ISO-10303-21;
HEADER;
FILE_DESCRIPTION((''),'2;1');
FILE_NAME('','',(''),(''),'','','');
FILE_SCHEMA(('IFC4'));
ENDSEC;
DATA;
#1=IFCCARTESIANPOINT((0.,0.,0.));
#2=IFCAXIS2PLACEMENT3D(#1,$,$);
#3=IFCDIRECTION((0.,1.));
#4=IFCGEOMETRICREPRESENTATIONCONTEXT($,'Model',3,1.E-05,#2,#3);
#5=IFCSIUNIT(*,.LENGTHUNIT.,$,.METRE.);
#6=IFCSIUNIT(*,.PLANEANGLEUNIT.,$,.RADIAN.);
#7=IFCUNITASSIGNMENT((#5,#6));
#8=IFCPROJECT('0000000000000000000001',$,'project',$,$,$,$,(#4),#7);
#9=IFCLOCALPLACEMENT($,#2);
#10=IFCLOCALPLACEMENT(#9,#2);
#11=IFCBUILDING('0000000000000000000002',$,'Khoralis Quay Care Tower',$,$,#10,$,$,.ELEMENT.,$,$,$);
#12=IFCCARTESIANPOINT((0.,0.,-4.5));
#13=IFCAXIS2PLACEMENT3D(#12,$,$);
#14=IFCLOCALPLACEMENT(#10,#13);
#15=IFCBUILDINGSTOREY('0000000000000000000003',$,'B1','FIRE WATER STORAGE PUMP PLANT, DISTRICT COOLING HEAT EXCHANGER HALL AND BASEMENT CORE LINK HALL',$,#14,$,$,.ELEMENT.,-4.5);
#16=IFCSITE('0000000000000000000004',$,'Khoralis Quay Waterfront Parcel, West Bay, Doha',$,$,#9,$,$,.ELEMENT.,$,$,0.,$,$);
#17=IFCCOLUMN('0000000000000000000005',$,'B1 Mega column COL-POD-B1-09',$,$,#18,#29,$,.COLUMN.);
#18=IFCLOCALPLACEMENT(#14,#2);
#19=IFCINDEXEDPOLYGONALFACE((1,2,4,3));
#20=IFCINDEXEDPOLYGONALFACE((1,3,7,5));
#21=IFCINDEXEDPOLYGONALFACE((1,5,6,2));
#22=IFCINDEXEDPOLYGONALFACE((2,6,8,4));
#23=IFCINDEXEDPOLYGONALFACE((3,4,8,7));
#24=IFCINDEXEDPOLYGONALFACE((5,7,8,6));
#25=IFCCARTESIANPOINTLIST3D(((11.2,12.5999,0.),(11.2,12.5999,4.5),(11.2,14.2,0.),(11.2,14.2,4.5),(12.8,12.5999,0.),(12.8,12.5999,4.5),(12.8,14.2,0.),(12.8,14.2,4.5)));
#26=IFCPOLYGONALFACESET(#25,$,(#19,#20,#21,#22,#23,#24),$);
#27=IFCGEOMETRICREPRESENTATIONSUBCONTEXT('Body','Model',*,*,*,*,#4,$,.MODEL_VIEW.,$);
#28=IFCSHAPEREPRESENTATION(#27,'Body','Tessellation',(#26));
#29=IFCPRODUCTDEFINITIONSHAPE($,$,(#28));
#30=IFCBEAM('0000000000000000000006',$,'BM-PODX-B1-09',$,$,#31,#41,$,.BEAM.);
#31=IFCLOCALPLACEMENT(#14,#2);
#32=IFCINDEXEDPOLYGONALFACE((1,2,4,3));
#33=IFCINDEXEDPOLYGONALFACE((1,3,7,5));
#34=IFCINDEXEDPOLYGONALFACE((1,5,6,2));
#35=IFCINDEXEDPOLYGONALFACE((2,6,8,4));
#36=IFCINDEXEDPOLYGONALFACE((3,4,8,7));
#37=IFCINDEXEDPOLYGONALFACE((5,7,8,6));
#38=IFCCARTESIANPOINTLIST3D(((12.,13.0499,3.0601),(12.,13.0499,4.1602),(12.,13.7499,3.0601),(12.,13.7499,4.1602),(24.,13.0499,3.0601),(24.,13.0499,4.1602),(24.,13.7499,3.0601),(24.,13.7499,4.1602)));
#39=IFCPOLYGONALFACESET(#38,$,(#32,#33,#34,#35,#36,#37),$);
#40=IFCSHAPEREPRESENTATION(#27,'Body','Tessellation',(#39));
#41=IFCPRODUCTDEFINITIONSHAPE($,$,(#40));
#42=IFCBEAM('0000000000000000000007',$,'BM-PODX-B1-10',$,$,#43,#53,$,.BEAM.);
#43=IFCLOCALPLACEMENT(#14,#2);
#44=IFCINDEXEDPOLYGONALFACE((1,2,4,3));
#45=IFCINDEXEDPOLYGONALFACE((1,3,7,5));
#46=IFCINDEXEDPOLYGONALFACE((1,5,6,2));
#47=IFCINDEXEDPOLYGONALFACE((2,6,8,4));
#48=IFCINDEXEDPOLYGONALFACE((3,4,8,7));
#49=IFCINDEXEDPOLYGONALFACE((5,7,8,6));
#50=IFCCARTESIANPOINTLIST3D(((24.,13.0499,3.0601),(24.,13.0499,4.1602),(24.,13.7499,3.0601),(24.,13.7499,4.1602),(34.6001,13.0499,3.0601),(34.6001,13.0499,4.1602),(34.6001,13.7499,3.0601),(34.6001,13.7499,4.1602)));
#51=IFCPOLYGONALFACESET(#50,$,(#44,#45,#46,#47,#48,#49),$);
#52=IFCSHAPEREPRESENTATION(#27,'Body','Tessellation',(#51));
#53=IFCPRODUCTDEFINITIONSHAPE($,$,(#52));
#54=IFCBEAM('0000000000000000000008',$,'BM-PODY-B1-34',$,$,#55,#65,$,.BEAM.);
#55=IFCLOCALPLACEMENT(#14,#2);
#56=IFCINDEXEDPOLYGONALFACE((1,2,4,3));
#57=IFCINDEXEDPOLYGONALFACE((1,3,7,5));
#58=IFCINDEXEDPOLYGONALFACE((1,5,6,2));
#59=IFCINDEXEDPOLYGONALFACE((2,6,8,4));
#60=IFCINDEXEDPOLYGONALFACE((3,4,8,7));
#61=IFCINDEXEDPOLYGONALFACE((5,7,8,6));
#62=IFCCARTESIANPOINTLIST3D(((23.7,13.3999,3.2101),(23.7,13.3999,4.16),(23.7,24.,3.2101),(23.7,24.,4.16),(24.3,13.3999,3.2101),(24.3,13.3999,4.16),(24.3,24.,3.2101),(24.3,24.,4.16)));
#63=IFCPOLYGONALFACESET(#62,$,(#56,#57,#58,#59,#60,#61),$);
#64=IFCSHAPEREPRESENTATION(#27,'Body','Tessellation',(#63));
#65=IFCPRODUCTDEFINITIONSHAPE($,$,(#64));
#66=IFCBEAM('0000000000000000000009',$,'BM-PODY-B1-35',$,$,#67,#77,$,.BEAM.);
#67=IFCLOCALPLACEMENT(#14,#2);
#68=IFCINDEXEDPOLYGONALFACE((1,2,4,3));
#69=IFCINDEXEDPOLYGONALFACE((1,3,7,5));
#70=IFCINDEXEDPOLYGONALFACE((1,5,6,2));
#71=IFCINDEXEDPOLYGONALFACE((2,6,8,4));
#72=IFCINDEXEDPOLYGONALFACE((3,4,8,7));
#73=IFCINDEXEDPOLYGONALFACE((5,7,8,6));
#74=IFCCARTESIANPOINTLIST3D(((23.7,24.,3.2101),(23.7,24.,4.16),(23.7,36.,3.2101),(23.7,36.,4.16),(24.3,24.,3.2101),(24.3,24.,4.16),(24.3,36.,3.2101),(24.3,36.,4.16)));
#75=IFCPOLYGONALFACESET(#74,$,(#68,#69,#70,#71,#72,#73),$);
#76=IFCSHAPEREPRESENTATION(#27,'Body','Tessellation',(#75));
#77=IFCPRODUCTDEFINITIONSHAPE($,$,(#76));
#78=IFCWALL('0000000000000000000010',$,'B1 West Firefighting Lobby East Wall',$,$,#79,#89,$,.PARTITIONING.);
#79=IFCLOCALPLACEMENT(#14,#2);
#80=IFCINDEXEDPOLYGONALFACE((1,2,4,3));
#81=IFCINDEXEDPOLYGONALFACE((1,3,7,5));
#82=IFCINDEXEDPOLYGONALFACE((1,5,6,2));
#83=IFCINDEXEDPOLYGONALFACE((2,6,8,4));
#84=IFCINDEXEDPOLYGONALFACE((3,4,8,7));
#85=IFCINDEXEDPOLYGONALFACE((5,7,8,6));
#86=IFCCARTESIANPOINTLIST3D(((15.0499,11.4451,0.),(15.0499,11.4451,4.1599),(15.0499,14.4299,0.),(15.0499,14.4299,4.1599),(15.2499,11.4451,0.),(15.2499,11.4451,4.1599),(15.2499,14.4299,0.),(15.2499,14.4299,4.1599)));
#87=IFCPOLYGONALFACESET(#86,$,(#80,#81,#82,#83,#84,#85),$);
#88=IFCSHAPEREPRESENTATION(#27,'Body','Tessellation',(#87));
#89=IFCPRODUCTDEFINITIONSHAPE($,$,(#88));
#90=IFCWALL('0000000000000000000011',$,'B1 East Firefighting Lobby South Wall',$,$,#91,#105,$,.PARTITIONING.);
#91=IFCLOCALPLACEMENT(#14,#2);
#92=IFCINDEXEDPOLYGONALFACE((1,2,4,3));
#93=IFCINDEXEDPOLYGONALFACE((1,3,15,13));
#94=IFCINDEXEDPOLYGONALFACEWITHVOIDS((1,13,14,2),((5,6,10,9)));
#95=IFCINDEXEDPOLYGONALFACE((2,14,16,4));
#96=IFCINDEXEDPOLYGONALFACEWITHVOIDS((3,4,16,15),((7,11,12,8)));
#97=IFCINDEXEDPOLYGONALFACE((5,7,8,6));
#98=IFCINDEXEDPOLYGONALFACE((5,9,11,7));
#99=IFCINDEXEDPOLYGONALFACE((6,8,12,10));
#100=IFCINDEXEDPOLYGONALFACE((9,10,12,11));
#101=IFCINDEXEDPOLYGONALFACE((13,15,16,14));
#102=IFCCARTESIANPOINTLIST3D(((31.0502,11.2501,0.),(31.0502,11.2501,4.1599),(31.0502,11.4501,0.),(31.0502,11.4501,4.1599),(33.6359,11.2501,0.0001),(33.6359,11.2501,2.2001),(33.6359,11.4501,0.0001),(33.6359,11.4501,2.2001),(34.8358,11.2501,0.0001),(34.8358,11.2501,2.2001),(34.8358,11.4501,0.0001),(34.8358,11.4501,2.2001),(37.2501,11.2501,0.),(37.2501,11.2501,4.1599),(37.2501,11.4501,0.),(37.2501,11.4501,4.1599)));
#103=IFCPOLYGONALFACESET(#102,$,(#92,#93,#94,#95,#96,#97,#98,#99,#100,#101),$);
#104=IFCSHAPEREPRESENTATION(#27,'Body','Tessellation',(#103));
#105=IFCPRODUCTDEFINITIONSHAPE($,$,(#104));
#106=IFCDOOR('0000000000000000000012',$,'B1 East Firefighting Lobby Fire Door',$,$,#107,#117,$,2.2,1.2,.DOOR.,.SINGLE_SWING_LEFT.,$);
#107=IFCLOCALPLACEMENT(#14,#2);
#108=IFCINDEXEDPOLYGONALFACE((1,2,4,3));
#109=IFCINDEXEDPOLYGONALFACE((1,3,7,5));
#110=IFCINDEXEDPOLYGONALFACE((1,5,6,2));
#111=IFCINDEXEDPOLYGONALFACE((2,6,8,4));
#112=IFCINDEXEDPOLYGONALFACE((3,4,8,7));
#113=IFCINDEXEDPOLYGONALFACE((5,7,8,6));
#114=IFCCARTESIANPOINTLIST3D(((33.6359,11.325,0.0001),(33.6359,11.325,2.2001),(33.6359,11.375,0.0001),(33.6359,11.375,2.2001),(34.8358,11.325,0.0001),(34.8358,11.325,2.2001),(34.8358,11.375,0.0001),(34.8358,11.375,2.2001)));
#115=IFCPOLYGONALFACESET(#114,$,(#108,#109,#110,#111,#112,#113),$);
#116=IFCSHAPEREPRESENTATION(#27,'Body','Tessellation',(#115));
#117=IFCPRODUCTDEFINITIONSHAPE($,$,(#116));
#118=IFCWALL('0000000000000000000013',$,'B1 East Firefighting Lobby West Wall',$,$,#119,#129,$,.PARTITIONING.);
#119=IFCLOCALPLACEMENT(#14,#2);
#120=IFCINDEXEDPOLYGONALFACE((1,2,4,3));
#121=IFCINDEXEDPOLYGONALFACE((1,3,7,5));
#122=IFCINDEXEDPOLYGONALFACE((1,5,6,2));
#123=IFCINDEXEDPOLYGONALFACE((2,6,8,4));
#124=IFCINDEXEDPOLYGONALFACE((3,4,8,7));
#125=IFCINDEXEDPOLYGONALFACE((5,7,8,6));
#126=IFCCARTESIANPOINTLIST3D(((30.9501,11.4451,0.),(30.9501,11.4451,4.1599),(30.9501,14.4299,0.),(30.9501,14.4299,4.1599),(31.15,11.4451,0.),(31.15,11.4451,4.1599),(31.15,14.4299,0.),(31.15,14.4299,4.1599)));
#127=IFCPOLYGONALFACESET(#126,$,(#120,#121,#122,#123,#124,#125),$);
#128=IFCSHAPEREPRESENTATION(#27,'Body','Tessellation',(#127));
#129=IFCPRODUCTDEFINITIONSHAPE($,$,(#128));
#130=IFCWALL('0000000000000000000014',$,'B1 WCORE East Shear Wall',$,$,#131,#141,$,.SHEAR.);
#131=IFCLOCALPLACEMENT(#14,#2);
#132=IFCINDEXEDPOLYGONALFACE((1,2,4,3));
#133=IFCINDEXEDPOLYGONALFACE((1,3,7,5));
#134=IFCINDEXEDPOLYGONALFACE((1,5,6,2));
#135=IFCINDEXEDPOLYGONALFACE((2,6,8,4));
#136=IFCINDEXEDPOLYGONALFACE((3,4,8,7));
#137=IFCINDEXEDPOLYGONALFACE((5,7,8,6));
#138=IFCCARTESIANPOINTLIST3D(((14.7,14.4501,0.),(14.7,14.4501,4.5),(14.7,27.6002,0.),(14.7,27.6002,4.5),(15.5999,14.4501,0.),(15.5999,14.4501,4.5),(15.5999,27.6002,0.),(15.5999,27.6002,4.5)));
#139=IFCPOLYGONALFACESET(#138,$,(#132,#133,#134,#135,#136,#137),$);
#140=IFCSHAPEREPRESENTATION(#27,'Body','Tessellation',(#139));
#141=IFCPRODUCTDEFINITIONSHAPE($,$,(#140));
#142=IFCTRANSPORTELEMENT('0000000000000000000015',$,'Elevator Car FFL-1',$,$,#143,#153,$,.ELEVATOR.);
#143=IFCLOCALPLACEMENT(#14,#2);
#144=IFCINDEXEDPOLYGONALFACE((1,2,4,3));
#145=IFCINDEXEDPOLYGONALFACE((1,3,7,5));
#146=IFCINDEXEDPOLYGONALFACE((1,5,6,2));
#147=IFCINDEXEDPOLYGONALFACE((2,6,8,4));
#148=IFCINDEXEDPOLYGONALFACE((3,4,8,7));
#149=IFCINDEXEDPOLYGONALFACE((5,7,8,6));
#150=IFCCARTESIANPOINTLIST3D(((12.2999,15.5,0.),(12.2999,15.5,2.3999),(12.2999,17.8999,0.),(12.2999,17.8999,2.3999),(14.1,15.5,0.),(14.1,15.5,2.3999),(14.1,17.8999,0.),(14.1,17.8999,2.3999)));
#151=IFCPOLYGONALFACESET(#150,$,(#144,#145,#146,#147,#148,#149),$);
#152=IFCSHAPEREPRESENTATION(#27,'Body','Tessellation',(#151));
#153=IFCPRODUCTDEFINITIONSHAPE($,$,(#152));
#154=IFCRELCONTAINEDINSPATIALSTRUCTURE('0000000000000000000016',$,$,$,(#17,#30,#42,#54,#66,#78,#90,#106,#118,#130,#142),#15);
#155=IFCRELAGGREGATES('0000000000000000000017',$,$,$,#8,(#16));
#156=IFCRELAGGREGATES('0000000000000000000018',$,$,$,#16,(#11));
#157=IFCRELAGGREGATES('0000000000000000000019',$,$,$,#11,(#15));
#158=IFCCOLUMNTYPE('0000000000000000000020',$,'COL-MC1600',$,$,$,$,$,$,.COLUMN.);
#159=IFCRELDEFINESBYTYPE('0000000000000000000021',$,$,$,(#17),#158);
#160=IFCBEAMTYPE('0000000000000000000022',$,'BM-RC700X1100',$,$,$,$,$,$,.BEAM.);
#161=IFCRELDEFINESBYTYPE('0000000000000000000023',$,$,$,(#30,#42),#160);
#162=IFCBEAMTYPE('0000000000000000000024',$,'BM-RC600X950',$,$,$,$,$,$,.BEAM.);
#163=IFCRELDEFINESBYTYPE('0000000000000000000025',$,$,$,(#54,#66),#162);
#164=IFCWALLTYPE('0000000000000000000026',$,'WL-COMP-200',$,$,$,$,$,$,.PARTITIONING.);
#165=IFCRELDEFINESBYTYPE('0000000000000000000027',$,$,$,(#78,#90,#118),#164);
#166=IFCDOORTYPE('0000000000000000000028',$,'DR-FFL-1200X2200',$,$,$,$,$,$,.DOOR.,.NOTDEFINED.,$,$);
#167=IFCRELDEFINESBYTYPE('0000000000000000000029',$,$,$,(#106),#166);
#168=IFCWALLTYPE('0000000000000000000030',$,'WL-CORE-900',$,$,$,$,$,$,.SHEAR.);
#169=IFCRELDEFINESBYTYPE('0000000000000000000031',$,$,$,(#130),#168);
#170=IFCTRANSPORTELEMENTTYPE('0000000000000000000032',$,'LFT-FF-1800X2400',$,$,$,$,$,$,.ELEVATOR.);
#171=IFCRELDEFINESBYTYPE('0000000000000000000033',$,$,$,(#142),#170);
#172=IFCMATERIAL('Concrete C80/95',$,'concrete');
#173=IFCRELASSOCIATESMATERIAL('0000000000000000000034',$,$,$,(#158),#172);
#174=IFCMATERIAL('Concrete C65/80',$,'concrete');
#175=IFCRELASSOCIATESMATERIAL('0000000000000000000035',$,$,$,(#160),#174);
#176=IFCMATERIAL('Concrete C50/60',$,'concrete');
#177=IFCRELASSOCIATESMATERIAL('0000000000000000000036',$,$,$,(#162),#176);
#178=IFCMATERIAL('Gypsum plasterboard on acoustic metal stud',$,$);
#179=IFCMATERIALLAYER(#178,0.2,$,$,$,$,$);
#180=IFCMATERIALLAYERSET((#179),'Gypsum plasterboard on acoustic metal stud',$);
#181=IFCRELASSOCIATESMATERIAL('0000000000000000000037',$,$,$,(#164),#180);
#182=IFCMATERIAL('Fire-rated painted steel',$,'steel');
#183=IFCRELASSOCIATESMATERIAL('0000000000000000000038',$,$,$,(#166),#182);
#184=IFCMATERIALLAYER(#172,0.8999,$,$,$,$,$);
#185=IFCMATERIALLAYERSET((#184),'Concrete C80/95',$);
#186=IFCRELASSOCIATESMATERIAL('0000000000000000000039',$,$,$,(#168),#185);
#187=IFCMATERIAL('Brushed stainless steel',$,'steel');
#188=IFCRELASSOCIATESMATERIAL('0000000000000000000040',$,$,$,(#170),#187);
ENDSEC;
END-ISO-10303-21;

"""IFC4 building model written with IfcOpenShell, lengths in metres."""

from ifc_helpers import new_model, si_unit, direction, frame, frame_2d, origin, origin_2d, place, context, subcontext, project, spatial, rectangle, extrude, source, transform, mapped, material, layer, layer_set, material_profile, profile_set, type_object, element, fill, save


model = new_model("IFC4")

# Units and contexts
model_context = context("Model", 3, precision=1e-05, world=origin(), true_north=direction((0.0, 1.0)))
body_context = subcontext(model_context, "Body", "Model", "MODEL_VIEW")
ifc_project = project(units=[si_unit("LENGTHUNIT", "METRE"), si_unit("PLANEANGLEUNIT", "RADIAN")], contexts=[model_context])

# Site, building, storey
site_placement = place(None, origin())
site = spatial("IfcSite", under=ifc_project, at=site_placement, Name="Khoralis Quay Waterfront Parcel, West Bay, Doha", CompositionType="ELEMENT", RefElevation=0.0)
building_placement = place(site_placement, origin())
building = spatial("IfcBuilding", under=site, at=building_placement, Name="Khoralis Quay Care Tower", CompositionType="ELEMENT")
storey_placement = place(building_placement, frame((0.0, 0.0, -4.5)))
storey = spatial("IfcBuildingStorey", under=building, at=storey_placement, Name="B1", Description="FIRE WATER STORAGE PUMP PLANT, DISTRICT COOLING HEAT EXCHANGER HALL AND BASEMENT CORE LINK HALL", CompositionType="ELEMENT", Elevation=-4.5)

# Shared definitions
ifc_material_1 = material(Name="Concrete C50/60", Category="concrete")

# Column
ifc_material_2 = material(Name="Concrete C80/95", Category="concrete")
ifc_material_profile_1 = material_profile(ifc_material_2, rectangle(XDim=1.6001, YDim=1.6001, at=origin_2d()), Name="Concrete C80/95")
ifc_profile_set_1 = profile_set([ifc_material_profile_1], Name="Concrete C80/95")
column_type_1 = type_object("IfcColumnType", Name="COL-MC1600", PredefinedType="COLUMN", material=ifc_profile_set_1)
shared_shape_1 = source(origin(), body_context, "Body", "SweptSolid", [
    extrude(rectangle(XDim=1.6001, YDim=1.6001, at=origin_2d()), origin(), (0.0, 0.0, 1.0), 4.5),
])
column_placement = place(storey_placement, frame((12.0, 13.3999, 0.0), z_axis=(0.0, 0.0, 1.0), x_axis=(1.0, 0.0, 0.0)))
element("IfcColumn", 1, at=column_placement, inside=storey, type_object=column_type_1, Name="B1 Mega column COL-POD-B1-09", PredefinedType="COLUMN", context=body_context, shape_type="MappedRepresentation", body=[
    mapped(shared_shape_1, transform((0.0, 0.0, 0.0), scale=1.0)),
])

# Beams
ifc_material_3 = material(Name="Concrete C65/80", Category="concrete")
ifc_material_profile_2 = material_profile(ifc_material_3, rectangle(XDim=0.7, YDim=1.1001, at=origin_2d()), Name="Concrete C65/80")
ifc_profile_set_2 = profile_set([ifc_material_profile_2], Name="Concrete C65/80")
beam_type_1 = type_object("IfcBeamType", Name="BM-RC700X1100", PredefinedType="BEAM", material=ifc_profile_set_2)
shared_shape_2 = source(origin(), body_context, "Body", "SweptSolid", [
    extrude(rectangle(XDim=0.7, YDim=1.1001, at=origin_2d()), origin(), (0.0, 0.0, 1.0), 12.0),
])
beam_1_placement = place(storey_placement, frame((12.0, 13.3999, 3.6101), z_axis=(1.0, 0.0, 0.0), x_axis=(0.0, 1.0, 0.0)))
element("IfcBeam", 2, at=beam_1_placement, inside=storey, type_object=beam_type_1, Name="BM-PODX-B1-09", PredefinedType="BEAM", context=body_context, shape_type="MappedRepresentation", body=[
    mapped(shared_shape_2, transform((0.0, 0.0, 0.0), scale=1.0)),
])
shared_shape_3 = source(origin(), body_context, "Body", "SweptSolid", [
    extrude(rectangle(XDim=0.7, YDim=1.1001, at=origin_2d()), origin(), (0.0, 0.0, 1.0), 10.6001),
])
beam_2_placement = place(storey_placement, frame((24.0, 13.3999, 3.6101), z_axis=(1.0, 0.0, 0.0), x_axis=(0.0, 1.0, 0.0)))
element("IfcBeam", 3, at=beam_2_placement, inside=storey, type_object=beam_type_1, Name="BM-PODX-B1-10", PredefinedType="BEAM", context=body_context, shape_type="MappedRepresentation", body=[
    mapped(shared_shape_3, transform((0.0, 0.0, 0.0), scale=1.0)),
])
ifc_material_profile_3 = material_profile(ifc_material_1, rectangle(XDim=0.6001, YDim=0.95, at=origin_2d()), Name="Concrete C50/60")
ifc_profile_set_3 = profile_set([ifc_material_profile_3], Name="Concrete C50/60")
beam_type_2 = type_object("IfcBeamType", Name="BM-RC600X950", PredefinedType="BEAM", material=ifc_profile_set_3)
shared_shape_4 = source(origin(), body_context, "Body", "SweptSolid", [
    extrude(rectangle(XDim=0.6001, YDim=0.95, at=origin_2d()), origin(), (0.0, 0.0, 1.0), 10.6001),
])
beam_3_placement = place(storey_placement, frame((24.0, 13.3999, 3.6851), z_axis=(0.0, 1.0, 0.0), x_axis=(-1.0, 0.0, 0.0)))
element("IfcBeam", 4, at=beam_3_placement, inside=storey, type_object=beam_type_2, Name="BM-PODY-B1-34", PredefinedType="BEAM", context=body_context, shape_type="MappedRepresentation", body=[
    mapped(shared_shape_4, transform((0.0, 0.0, 0.0), scale=1.0)),
])
shared_shape_5 = source(origin(), body_context, "Body", "SweptSolid", [
    extrude(rectangle(XDim=0.6001, YDim=0.95, at=origin_2d()), origin(), (0.0, 0.0, 1.0), 12.0),
])
beam_4_placement = place(storey_placement, frame((24.0, 24.0, 3.6851), z_axis=(0.0, 1.0, 0.0), x_axis=(-1.0, 0.0, 0.0)))
element("IfcBeam", 5, at=beam_4_placement, inside=storey, type_object=beam_type_2, Name="BM-PODY-B1-35", PredefinedType="BEAM", context=body_context, shape_type="MappedRepresentation", body=[
    mapped(shared_shape_5, transform((0.0, 0.0, 0.0), scale=1.0)),
])

# Wall
ifc_material_4 = material(Name="Gypsum plasterboard on acoustic metal stud")
ifc_layer_1 = layer(ifc_material_4, 0.2)
ifc_layer_set_1 = layer_set([ifc_layer_1], Name="Gypsum plasterboard on acoustic metal stud")
wall_type_1 = type_object("IfcWallType", Name="WL-COMP-200", PredefinedType="PARTITIONING", material=ifc_layer_set_1)
wall_1_placement = place(storey_placement, frame((15.1499, 11.4451, 0.0), z_axis=(0.0, 0.0, 1.0), x_axis=(0.0, 1.0, 0.0)))
element("IfcWall", 6, at=wall_1_placement, inside=storey, type_object=wall_type_1, Name="B1 West Firefighting Lobby East Wall", PredefinedType="PARTITIONING", context=body_context, shape_type="SweptSolid", body=[
    extrude(rectangle(XDim=2.9849, YDim=0.2, at=frame_2d((1.4924, 0.0))), origin(), (0.0, 0.0, 1.0), 4.1599),
])

# Wall, opening, door
wall_2_placement = place(storey_placement, frame((31.05, 11.3501, 0.0), z_axis=(0.0, 0.0, 1.0), x_axis=(1.0, 0.0, 0.0)))
wall_2 = element("IfcWall", 7, at=wall_2_placement, inside=storey, type_object=wall_type_1, Name="B1 East Firefighting Lobby South Wall", PredefinedType="PARTITIONING", context=body_context, shape_type="SweptSolid", body=[
    extrude(rectangle(XDim=6.2, YDim=0.2, at=frame_2d((3.1001, 0.0))), origin(), (0.0, 0.0, 1.0), 4.1599),
])
opening_placement = place(wall_2_placement, frame((2.5857, 0.0, 0.0)))
opening = element("IfcOpeningElement", 8, at=opening_placement, cuts=wall_2, PredefinedType="OPENING", context=body_context, shape_type="SweptSolid", body=[
    extrude(rectangle(XDim=1.2, YDim=2.2, at=frame_2d((0.6001, 1.1001))), frame((0.0, 0.1099, 0.0), z_axis=(0.0, -1.0, 0.0), x_axis=(1.0, 0.0, 0.0)), (0.0, 0.0, 1.0), 0.22),
])
ifc_material_5 = material(Name="Fire-rated painted steel", Category="steel")
door_type = type_object("IfcDoorType", Name="DR-FFL-1200X2200", OperationType="NOTDEFINED", PredefinedType="DOOR", material=ifc_material_5)
shared_shape_6 = source(origin(), body_context, "Body", "SweptSolid", [
    extrude(rectangle(XDim=1.2, YDim=2.2, at=frame_2d((0.6001, 1.1001))), frame((0.0, 0.0249, 0.0), z_axis=(0.0, -1.0, 0.0), x_axis=(1.0, 0.0, 0.0)), (0.0, 0.0, 1.0), 0.05),
])
door_placement = place(opening_placement, origin())
door = element("IfcDoor", 9, at=door_placement, inside=storey, type_object=door_type, Name="B1 East Firefighting Lobby Fire Door", OperationType="SINGLE_SWING_LEFT", OverallHeight=2.2, OverallWidth=1.2, PredefinedType="DOOR", context=body_context, shape_type="MappedRepresentation", body=[
    mapped(shared_shape_6, transform((0.0, 0.0, 0.0), scale=1.0)),
])
fill(opening, door)

# Walls
wall_3_placement = place(storey_placement, frame((31.05, 11.4451, 0.0), z_axis=(0.0, 0.0, 1.0), x_axis=(0.0, 1.0, 0.0)))
element("IfcWall", 10, at=wall_3_placement, inside=storey, type_object=wall_type_1, Name="B1 East Firefighting Lobby West Wall", PredefinedType="PARTITIONING", context=body_context, shape_type="SweptSolid", body=[
    extrude(rectangle(XDim=2.9849, YDim=0.2, at=frame_2d((1.4924, 0.0))), origin(), (0.0, 0.0, 1.0), 4.1599),
])
ifc_layer_2 = layer(ifc_material_2, 0.8999)
ifc_layer_set_2 = layer_set([ifc_layer_2], Name="Concrete C80/95")
wall_type_2 = type_object("IfcWallType", Name="WL-CORE-900", PredefinedType="SHEAR", material=ifc_layer_set_2)
wall_4_placement = place(storey_placement, frame((15.1499, 14.45, 0.0), z_axis=(0.0, 0.0, 1.0), x_axis=(0.0, 1.0, 0.0)))
element("IfcWall", 11, at=wall_4_placement, inside=storey, type_object=wall_type_2, Name="B1 WCORE East Shear Wall", PredefinedType="SHEAR", context=body_context, shape_type="SweptSolid", body=[
    extrude(rectangle(XDim=13.1501, YDim=0.8999, at=frame_2d((6.5752, 0.0))), origin(), (0.0, 0.0, 1.0), 4.5),
])

# Transport element
ifc_material_6 = material(Name="Brushed stainless steel", Category="steel")
transport_element_type = type_object("IfcTransportElementType", Name="LFT-FF-1800X2400", PredefinedType="ELEVATOR", material=ifc_material_6)
shared_shape_7 = source(origin(), body_context, "Body", "SweptSolid", [
    extrude(rectangle(XDim=1.8, YDim=2.3999, at=origin_2d()), origin(), (0.0, 0.0, 1.0), 2.3999),
])
transport_element_placement = place(storey_placement, frame((13.2, 16.7, 0.0), z_axis=(0.0, 0.0, 1.0), x_axis=(1.0, 0.0, 0.0)))
element("IfcTransportElement", 12, at=transport_element_placement, inside=storey, type_object=transport_element_type, Name="Elevator Car FFL-1", PredefinedType="ELEVATOR", context=body_context, shape_type="MappedRepresentation", body=[
    mapped(shared_shape_7, transform((0.0, 0.0, 0.0), scale=1.0)),
])

save(model, "model.ifc")
